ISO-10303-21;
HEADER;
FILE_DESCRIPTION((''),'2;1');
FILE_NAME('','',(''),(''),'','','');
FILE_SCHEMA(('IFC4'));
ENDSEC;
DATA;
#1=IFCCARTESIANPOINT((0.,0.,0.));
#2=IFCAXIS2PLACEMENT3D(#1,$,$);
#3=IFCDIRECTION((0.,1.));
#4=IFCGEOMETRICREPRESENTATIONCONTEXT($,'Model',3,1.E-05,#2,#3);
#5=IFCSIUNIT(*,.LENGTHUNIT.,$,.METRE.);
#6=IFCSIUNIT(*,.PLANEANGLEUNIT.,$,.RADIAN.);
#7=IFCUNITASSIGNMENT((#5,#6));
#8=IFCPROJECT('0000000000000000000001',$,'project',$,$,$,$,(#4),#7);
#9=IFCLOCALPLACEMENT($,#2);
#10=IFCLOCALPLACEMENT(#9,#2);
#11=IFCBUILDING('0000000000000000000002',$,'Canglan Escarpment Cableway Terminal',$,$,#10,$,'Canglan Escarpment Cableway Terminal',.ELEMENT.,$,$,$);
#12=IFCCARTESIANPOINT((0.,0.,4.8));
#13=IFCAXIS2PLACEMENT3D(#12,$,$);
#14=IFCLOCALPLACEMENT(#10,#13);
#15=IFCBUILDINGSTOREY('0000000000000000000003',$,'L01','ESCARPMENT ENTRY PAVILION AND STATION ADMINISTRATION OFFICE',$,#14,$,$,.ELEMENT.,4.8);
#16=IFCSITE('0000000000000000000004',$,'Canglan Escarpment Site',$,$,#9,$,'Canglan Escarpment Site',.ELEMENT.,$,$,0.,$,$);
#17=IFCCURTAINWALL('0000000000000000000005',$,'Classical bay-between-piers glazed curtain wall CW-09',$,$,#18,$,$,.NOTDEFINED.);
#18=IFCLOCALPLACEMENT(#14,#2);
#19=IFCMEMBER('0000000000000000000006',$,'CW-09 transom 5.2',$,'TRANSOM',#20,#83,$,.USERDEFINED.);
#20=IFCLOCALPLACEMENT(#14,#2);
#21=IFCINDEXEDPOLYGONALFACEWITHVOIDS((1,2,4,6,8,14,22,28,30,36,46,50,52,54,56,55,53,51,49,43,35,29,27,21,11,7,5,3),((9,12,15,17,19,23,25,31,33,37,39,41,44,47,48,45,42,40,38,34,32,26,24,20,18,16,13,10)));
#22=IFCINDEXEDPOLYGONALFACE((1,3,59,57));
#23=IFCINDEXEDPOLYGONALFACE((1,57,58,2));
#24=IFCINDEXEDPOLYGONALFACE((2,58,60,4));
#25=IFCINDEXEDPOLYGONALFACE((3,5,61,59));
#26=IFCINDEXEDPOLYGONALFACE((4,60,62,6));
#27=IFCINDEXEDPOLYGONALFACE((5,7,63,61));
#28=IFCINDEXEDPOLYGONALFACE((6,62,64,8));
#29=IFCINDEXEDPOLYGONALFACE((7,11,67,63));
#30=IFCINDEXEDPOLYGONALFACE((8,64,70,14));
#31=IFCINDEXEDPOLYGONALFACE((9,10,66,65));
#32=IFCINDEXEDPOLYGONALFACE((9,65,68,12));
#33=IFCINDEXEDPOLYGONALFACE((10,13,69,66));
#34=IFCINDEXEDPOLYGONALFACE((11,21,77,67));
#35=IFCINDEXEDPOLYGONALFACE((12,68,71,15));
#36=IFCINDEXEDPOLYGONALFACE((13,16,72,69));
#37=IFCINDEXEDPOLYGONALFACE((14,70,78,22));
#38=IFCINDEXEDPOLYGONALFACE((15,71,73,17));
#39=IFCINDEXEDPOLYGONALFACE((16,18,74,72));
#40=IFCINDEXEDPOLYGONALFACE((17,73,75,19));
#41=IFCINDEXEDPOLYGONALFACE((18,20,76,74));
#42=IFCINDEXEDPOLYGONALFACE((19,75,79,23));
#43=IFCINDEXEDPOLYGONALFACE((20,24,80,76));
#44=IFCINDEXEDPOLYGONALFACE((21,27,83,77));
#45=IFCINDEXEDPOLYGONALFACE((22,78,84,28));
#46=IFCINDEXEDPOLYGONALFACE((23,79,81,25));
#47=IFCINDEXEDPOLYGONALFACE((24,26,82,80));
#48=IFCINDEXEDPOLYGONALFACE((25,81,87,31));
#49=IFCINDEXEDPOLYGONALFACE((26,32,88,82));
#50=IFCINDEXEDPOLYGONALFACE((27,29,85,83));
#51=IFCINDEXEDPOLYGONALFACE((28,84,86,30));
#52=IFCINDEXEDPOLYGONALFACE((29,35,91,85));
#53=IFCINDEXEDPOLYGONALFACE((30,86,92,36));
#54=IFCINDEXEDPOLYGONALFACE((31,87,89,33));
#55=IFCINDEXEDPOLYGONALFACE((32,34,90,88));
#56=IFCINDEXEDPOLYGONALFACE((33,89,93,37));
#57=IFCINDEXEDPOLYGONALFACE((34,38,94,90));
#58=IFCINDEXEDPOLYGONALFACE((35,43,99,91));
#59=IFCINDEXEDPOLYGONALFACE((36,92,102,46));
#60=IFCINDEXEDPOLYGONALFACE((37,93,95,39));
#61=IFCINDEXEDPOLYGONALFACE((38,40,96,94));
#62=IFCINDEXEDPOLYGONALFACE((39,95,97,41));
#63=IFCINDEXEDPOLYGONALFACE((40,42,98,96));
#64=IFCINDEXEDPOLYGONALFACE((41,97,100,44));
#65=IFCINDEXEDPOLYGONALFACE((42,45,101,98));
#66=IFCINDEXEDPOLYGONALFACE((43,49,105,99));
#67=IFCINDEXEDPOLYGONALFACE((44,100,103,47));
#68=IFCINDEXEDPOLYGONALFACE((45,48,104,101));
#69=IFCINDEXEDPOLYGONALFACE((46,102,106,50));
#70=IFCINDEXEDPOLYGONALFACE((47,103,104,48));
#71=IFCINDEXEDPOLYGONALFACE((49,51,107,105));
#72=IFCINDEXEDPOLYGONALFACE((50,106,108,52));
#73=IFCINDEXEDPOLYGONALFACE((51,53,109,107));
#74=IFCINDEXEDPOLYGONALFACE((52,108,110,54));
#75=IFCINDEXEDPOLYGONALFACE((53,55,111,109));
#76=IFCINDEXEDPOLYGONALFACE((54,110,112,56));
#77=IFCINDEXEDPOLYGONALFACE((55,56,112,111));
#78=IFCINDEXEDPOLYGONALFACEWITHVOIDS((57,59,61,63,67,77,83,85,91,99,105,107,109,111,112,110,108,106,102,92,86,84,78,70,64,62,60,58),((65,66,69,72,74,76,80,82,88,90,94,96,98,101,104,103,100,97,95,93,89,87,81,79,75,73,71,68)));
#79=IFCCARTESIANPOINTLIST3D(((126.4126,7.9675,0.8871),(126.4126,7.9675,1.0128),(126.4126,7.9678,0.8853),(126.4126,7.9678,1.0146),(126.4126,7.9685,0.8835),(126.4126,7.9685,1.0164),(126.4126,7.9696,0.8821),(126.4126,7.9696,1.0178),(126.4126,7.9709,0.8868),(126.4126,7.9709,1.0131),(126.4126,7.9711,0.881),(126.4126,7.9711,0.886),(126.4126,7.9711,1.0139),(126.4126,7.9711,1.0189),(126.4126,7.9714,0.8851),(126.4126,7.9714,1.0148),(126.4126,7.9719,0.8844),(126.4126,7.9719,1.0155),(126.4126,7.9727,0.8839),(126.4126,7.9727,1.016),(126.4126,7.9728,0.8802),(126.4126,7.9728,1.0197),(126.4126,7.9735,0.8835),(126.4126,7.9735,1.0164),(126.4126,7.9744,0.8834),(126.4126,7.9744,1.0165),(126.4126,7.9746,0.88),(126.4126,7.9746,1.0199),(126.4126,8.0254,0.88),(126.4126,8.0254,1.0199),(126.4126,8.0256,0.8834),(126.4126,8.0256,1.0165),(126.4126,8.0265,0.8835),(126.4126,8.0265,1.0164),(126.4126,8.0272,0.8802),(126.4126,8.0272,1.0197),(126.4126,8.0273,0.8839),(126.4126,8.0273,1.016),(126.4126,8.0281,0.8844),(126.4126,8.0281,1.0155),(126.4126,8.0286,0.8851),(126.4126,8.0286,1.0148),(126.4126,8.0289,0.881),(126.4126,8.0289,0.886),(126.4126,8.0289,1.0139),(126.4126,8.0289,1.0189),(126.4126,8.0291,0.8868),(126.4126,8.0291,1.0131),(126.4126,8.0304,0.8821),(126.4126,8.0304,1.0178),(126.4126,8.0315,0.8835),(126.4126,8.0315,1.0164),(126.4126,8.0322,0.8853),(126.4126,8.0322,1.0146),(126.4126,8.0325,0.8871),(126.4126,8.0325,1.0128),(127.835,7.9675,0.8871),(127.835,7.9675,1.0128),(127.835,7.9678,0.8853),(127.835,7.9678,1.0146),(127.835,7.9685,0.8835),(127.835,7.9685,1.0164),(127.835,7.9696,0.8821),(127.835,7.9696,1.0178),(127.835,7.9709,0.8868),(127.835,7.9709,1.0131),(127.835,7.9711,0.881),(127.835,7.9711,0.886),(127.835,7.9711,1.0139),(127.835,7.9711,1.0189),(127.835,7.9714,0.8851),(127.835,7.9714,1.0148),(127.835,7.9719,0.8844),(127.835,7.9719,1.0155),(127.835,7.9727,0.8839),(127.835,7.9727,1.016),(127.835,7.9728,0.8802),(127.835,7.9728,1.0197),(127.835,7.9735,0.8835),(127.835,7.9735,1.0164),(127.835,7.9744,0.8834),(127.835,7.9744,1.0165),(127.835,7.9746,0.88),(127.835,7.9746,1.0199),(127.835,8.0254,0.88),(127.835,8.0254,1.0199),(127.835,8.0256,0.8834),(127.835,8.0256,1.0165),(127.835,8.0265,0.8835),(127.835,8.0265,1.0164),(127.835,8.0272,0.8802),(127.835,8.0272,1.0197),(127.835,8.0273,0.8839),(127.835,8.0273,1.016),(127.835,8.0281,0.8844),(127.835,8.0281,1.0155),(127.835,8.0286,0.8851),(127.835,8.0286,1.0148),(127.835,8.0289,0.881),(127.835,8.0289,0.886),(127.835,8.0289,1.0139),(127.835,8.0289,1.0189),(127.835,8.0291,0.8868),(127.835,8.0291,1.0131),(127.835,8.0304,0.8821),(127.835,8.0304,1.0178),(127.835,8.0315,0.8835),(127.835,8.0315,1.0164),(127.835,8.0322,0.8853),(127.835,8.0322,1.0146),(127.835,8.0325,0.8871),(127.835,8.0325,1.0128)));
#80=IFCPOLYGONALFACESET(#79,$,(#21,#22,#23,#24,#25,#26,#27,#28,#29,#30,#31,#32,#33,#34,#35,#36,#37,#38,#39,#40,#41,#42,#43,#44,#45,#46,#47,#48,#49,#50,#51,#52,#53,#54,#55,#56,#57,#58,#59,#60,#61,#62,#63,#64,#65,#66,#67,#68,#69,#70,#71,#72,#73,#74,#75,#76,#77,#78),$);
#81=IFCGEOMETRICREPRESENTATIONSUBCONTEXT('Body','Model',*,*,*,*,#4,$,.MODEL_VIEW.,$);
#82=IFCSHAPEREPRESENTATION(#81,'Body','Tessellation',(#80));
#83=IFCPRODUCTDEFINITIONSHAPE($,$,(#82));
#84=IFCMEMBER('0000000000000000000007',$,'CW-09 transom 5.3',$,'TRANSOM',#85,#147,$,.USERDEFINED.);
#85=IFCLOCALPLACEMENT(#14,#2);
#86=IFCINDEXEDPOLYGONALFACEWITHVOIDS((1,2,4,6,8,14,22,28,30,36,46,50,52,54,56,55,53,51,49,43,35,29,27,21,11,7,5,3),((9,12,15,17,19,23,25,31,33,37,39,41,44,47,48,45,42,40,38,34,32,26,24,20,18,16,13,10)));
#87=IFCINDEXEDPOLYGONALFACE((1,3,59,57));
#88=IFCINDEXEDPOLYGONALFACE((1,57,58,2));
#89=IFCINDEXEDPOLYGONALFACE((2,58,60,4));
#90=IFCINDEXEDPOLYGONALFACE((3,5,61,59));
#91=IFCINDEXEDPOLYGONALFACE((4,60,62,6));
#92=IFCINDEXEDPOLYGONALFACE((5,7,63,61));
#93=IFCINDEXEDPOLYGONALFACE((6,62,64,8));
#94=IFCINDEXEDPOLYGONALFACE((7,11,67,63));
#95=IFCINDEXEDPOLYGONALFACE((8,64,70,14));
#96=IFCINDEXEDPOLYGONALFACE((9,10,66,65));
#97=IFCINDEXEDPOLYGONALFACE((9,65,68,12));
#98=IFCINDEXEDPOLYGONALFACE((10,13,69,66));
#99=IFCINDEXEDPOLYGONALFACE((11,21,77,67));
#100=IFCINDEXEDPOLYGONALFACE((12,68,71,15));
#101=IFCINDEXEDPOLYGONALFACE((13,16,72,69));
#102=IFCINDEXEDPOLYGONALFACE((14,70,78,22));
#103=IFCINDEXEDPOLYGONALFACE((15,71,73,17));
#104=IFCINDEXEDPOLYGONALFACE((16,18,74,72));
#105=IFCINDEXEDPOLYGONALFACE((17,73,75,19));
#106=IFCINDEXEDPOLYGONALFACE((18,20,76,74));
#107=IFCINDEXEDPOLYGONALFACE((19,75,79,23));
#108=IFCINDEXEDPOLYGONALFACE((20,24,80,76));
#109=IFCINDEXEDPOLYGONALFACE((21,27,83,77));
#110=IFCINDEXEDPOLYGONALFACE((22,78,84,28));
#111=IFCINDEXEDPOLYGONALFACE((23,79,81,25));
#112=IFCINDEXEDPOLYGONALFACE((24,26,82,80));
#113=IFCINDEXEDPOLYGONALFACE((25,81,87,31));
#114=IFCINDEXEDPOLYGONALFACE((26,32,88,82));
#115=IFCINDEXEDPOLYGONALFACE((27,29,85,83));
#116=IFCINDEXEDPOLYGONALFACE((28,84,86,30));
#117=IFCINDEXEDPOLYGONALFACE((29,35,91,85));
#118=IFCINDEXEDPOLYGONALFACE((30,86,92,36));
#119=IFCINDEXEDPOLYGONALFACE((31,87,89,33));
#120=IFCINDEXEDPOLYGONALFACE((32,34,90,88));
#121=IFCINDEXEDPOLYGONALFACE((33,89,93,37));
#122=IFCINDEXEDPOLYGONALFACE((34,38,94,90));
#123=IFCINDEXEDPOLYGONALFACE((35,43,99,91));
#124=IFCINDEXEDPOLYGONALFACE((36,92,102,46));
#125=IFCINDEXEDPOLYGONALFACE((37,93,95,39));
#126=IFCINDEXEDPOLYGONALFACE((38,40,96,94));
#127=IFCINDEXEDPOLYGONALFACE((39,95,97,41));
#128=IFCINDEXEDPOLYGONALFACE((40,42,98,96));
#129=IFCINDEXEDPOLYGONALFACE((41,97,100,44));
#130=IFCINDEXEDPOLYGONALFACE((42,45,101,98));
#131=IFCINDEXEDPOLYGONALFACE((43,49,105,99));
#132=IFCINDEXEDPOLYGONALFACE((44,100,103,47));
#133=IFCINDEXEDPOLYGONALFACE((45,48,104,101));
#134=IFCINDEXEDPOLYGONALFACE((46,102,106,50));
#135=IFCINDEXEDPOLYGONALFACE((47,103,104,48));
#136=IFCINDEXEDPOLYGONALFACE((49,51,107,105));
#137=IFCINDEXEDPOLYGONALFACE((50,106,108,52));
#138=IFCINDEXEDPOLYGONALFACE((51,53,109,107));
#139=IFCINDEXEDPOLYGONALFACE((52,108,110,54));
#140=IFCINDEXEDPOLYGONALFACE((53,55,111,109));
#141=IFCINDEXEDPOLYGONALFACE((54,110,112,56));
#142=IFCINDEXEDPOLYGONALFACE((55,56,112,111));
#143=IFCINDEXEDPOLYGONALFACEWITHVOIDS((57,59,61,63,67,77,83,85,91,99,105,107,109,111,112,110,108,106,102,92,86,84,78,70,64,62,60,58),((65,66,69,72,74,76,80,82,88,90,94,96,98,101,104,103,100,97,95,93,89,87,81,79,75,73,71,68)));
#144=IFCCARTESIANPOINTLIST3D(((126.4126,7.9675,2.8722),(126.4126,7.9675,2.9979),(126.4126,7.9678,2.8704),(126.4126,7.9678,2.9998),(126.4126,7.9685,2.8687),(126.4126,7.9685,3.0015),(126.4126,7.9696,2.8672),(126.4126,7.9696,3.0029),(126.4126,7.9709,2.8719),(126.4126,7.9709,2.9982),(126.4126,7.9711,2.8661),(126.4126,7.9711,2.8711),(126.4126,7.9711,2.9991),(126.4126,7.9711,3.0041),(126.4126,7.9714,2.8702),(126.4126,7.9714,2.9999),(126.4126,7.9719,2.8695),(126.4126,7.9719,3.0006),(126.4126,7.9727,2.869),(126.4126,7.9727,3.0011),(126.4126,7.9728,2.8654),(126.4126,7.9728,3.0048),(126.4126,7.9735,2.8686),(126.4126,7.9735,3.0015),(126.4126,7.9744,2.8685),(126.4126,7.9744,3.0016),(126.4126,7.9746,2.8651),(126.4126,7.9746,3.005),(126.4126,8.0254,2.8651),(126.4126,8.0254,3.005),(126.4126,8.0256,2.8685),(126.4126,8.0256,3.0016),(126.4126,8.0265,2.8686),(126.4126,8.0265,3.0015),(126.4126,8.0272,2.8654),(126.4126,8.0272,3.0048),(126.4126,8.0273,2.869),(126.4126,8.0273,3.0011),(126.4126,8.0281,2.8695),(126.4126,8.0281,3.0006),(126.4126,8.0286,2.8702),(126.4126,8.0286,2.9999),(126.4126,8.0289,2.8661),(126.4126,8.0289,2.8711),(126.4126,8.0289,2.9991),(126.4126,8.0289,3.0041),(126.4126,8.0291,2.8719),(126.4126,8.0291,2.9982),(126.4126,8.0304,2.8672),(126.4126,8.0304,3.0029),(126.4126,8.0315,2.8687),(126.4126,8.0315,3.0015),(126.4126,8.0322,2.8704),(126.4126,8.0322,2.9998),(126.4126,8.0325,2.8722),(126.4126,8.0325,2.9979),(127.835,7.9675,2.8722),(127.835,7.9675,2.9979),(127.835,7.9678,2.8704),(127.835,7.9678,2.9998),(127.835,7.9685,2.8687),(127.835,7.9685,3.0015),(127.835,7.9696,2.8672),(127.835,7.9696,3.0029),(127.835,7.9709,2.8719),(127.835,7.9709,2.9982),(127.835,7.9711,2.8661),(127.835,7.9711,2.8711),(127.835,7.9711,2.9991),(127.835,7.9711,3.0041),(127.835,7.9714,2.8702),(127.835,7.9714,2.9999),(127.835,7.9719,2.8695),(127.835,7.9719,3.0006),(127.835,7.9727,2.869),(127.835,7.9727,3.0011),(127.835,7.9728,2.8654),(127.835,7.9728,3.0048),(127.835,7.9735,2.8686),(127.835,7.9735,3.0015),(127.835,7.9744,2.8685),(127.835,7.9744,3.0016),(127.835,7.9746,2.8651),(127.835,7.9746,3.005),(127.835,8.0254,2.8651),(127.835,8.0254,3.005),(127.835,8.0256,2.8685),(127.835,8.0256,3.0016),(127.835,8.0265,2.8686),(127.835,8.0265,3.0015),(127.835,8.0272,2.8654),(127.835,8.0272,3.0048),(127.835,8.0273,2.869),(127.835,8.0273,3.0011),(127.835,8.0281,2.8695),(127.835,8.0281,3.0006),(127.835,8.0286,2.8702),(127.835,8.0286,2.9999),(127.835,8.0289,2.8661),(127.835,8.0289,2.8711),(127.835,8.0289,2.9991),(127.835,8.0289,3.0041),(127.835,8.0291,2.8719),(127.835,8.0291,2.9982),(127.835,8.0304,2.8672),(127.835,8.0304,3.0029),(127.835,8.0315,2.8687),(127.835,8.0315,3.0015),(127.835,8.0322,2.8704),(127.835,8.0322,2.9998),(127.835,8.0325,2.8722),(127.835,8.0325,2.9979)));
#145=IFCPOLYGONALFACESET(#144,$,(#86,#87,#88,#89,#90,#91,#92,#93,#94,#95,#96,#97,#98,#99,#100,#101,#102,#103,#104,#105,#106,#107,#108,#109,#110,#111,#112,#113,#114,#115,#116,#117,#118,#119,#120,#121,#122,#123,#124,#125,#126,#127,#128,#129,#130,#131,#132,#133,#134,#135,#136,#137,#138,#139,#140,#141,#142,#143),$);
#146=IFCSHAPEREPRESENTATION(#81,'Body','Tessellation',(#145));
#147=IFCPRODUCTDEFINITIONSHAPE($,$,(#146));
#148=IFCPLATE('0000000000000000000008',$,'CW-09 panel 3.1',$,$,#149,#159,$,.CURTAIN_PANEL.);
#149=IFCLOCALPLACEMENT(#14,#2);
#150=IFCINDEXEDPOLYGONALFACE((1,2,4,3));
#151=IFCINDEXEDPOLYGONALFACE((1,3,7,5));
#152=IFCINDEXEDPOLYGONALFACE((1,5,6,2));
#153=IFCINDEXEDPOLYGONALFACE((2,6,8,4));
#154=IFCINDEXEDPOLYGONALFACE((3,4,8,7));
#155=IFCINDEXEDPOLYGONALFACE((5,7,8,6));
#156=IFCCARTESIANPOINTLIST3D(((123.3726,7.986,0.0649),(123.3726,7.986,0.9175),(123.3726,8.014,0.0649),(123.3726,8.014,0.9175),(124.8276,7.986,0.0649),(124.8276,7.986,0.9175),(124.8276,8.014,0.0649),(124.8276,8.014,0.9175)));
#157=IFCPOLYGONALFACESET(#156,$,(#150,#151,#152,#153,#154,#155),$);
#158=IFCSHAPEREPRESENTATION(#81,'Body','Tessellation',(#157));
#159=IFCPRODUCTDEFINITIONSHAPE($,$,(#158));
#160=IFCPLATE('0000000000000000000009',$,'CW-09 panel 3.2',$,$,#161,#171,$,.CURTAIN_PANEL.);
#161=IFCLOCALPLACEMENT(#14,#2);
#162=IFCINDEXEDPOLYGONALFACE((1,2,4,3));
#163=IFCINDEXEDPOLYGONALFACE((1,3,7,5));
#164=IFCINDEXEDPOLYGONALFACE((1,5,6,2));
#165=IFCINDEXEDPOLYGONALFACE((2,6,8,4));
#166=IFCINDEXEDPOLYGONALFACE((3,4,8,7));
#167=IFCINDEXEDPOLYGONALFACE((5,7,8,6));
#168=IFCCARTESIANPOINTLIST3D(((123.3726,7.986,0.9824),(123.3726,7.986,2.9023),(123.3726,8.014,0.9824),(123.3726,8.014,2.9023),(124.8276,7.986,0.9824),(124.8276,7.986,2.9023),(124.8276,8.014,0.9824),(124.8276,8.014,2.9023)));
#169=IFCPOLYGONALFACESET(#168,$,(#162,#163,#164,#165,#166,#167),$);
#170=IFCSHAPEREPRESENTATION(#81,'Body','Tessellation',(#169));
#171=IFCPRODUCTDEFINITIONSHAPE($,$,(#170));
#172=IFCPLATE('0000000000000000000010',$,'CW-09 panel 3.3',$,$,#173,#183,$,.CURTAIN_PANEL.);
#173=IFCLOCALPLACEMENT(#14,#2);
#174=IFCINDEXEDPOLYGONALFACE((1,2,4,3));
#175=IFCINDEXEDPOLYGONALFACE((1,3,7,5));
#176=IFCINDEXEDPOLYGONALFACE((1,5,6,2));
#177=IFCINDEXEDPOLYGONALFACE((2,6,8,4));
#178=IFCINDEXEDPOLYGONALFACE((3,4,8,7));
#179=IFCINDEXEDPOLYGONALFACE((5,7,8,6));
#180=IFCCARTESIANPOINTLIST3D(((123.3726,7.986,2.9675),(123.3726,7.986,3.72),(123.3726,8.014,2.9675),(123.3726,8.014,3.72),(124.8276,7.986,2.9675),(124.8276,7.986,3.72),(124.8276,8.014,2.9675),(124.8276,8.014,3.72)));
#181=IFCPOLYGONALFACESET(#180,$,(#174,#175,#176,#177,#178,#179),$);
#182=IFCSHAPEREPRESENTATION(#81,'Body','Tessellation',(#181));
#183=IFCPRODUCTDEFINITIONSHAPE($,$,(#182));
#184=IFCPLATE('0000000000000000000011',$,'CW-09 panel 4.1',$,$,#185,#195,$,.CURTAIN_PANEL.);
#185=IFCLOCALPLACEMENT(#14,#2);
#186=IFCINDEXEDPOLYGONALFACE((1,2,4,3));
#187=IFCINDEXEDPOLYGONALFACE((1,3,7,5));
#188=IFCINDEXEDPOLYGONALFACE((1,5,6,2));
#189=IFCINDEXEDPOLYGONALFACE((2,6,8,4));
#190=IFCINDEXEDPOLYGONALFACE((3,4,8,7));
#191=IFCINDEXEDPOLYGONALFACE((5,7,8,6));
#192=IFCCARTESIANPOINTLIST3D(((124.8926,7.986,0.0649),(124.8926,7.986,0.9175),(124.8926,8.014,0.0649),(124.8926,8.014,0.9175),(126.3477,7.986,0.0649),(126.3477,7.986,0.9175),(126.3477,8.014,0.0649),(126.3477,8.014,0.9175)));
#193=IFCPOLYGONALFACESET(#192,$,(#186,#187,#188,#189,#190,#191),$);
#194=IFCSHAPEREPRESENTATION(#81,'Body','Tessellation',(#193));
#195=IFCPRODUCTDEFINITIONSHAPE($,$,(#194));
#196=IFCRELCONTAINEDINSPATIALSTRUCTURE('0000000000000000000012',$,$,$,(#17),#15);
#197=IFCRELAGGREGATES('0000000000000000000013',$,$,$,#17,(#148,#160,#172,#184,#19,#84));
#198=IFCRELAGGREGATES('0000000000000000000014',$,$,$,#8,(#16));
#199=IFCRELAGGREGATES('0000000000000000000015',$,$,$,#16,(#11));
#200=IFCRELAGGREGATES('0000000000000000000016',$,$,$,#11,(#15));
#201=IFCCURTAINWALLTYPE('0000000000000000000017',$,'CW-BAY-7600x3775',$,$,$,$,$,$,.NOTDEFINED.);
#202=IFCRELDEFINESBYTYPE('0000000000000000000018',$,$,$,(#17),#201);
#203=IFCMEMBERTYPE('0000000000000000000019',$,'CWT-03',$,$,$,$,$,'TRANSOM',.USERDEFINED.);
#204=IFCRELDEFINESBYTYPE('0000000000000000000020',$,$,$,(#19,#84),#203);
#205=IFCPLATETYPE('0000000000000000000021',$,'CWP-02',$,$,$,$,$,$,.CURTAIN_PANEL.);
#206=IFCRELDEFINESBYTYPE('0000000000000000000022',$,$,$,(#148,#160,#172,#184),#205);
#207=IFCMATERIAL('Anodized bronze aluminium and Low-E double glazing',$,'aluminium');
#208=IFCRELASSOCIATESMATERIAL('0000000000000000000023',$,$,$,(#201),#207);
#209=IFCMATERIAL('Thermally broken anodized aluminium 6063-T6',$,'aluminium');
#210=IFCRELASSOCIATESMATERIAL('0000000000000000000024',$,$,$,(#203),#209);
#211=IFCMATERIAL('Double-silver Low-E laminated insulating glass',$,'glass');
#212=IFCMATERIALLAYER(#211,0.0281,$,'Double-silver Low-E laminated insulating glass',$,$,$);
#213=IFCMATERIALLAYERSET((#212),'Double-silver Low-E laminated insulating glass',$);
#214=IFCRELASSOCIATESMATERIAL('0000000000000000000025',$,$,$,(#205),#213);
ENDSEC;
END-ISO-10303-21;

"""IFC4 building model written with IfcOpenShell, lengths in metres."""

from ifc_helpers import new_model, si_unit, direction, frame, origin, origin_2d, place, context, subcontext, project, spatial, rectangle, hollow_rectangle, extrude, material, layer, layer_set, material_profile, profile_set, type_object, element, aggregate, save


model = new_model("IFC4")

# Units and contexts
model_context = context("Model", 3, precision=1e-05, world=origin(), true_north=direction((0.0, 1.0)))
body_context = subcontext(model_context, "Body", "Model", "MODEL_VIEW")
ifc_project = project(units=[si_unit("LENGTHUNIT", "METRE"), si_unit("PLANEANGLEUNIT", "RADIAN")], contexts=[model_context])

# Site, building, storey
site_placement = place(None, origin())
site = spatial("IfcSite", under=ifc_project, at=site_placement, Name="Canglan Escarpment Site", LongName="Canglan Escarpment Site", CompositionType="ELEMENT", RefElevation=0.0)
building_placement = place(site_placement, origin())
building = spatial("IfcBuilding", under=site, at=building_placement, Name="Canglan Escarpment Cableway Terminal", LongName="Canglan Escarpment Cableway Terminal", CompositionType="ELEMENT")
storey_placement = place(building_placement, frame((0.0, 0.0, 4.8)))
storey = spatial("IfcBuildingStorey", under=building, at=storey_placement, Name="L01", Description="ESCARPMENT ENTRY PAVILION AND STATION ADMINISTRATION OFFICE", CompositionType="ELEMENT", Elevation=4.8)

# Curtain wall, members, plates
ifc_material_1 = material(Name="Anodized bronze aluminium and Low-E double glazing", Category="aluminium")
curtain_wall_type = type_object("IfcCurtainWallType", Name="CW-BAY-7600x3775", PredefinedType="NOTDEFINED", material=ifc_material_1)
curtain_wall_placement = place(storey_placement, origin())
curtain_wall = element("IfcCurtainWall", 1, at=curtain_wall_placement, inside=storey, type_object=curtain_wall_type, Name="Classical bay-between-piers glazed curtain wall CW-09", PredefinedType="NOTDEFINED")
ifc_material_2 = material(Name="Thermally broken anodized aluminium 6063-T6", Category="aluminium")
ifc_material_profile_1 = material_profile(ifc_material_2, hollow_rectangle(XDim=0.0649, YDim=0.1399, WallThickness=0.0034, InnerFilletRadius=0.0034, OuterFilletRadius=0.0071, at=origin_2d()), Name="ALU-TRAN 65x140x3.5")
ifc_profile_set_1 = profile_set([ifc_material_profile_1], Name="Thermally broken anodized aluminium 6063-T6")
member_type_1 = type_object("IfcMemberType", Name="CWT-03", ElementType="TRANSOM", PredefinedType="USERDEFINED", material=ifc_profile_set_1)
member_1_placement = place(storey_placement, frame((126.4126, 8.0, 0.95), z_axis=(1.0, 0.0, 0.0), x_axis=(0.0, 1.0, 0.0)))
member_1 = element("IfcMember", 2, at=member_1_placement, type_object=member_type_1, Name="CW-09 transom 5.2", ObjectType="TRANSOM", PredefinedType="USERDEFINED", context=body_context, shape_type="SweptSolid", body=[
    extrude(hollow_rectangle(XDim=0.0649, YDim=0.1399, WallThickness=0.0034, InnerFilletRadius=0.0034, OuterFilletRadius=0.0071, at=origin_2d()), origin(), (0.0, 0.0, 1.0), 1.4224),
])
member_2_placement = place(storey_placement, frame((126.4126, 8.0, 2.9351), z_axis=(1.0, 0.0, 0.0), x_axis=(0.0, 1.0, 0.0)))
member_2 = element("IfcMember", 3, at=member_2_placement, type_object=member_type_1, Name="CW-09 transom 5.3", ObjectType="TRANSOM", PredefinedType="USERDEFINED", context=body_context, shape_type="SweptSolid", body=[
    extrude(hollow_rectangle(XDim=0.0649, YDim=0.1399, WallThickness=0.0034, InnerFilletRadius=0.0034, OuterFilletRadius=0.0071, at=origin_2d()), origin(), (0.0, 0.0, 1.0), 1.4224),
])
ifc_material_3 = material(Name="Double-silver Low-E laminated insulating glass", Category="glass")
ifc_layer = layer(ifc_material_3, 0.0281, Name="Double-silver Low-E laminated insulating glass")
ifc_layer_set = layer_set([ifc_layer], Name="Double-silver Low-E laminated insulating glass")
plate_type = type_object("IfcPlateType", Name="CWP-02", PredefinedType="CURTAIN_PANEL", material=ifc_layer_set)
plate_1_placement = place(storey_placement, frame((124.1001, 8.0, 0.0649), z_axis=(0.0, 0.0, 1.0), x_axis=(1.0, 0.0, 0.0)))
plate_1 = element("IfcPlate", 4, at=plate_1_placement, type_object=plate_type, Name="CW-09 panel 3.1", PredefinedType="CURTAIN_PANEL", context=body_context, shape_type="SweptSolid", body=[
    extrude(rectangle(XDim=1.4551, YDim=0.0281, at=origin_2d()), origin(), (0.0, 0.0, 1.0), 0.8525),
])
plate_2_placement = place(storey_placement, frame((124.1001, 8.0, 0.9824), z_axis=(0.0, 0.0, 1.0), x_axis=(1.0, 0.0, 0.0)))
plate_2 = element("IfcPlate", 5, at=plate_2_placement, type_object=plate_type, Name="CW-09 panel 3.2", PredefinedType="CURTAIN_PANEL", context=body_context, shape_type="SweptSolid", body=[
    extrude(rectangle(XDim=1.4551, YDim=0.0281, at=origin_2d()), origin(), (0.0, 0.0, 1.0), 1.9199),
])
plate_3_placement = place(storey_placement, frame((124.1001, 8.0, 2.9675), z_axis=(0.0, 0.0, 1.0), x_axis=(1.0, 0.0, 0.0)))
plate_3 = element("IfcPlate", 6, at=plate_3_placement, type_object=plate_type, Name="CW-09 panel 3.3", PredefinedType="CURTAIN_PANEL", context=body_context, shape_type="SweptSolid", body=[
    extrude(rectangle(XDim=1.4551, YDim=0.0281, at=origin_2d()), origin(), (0.0, 0.0, 1.0), 0.7524),
])
plate_4_placement = place(storey_placement, frame((125.6201, 8.0, 0.0649), z_axis=(0.0, 0.0, 1.0), x_axis=(1.0, 0.0, 0.0)))
plate_4 = element("IfcPlate", 7, at=plate_4_placement, type_object=plate_type, Name="CW-09 panel 4.1", PredefinedType="CURTAIN_PANEL", context=body_context, shape_type="SweptSolid", body=[
    extrude(rectangle(XDim=1.4551, YDim=0.0281, at=origin_2d()), origin(), (0.0, 0.0, 1.0), 0.8525),
])
aggregate(curtain_wall, [plate_1, plate_2, plate_3, plate_4, member_1, member_2])

save(model, "model.ifc")
